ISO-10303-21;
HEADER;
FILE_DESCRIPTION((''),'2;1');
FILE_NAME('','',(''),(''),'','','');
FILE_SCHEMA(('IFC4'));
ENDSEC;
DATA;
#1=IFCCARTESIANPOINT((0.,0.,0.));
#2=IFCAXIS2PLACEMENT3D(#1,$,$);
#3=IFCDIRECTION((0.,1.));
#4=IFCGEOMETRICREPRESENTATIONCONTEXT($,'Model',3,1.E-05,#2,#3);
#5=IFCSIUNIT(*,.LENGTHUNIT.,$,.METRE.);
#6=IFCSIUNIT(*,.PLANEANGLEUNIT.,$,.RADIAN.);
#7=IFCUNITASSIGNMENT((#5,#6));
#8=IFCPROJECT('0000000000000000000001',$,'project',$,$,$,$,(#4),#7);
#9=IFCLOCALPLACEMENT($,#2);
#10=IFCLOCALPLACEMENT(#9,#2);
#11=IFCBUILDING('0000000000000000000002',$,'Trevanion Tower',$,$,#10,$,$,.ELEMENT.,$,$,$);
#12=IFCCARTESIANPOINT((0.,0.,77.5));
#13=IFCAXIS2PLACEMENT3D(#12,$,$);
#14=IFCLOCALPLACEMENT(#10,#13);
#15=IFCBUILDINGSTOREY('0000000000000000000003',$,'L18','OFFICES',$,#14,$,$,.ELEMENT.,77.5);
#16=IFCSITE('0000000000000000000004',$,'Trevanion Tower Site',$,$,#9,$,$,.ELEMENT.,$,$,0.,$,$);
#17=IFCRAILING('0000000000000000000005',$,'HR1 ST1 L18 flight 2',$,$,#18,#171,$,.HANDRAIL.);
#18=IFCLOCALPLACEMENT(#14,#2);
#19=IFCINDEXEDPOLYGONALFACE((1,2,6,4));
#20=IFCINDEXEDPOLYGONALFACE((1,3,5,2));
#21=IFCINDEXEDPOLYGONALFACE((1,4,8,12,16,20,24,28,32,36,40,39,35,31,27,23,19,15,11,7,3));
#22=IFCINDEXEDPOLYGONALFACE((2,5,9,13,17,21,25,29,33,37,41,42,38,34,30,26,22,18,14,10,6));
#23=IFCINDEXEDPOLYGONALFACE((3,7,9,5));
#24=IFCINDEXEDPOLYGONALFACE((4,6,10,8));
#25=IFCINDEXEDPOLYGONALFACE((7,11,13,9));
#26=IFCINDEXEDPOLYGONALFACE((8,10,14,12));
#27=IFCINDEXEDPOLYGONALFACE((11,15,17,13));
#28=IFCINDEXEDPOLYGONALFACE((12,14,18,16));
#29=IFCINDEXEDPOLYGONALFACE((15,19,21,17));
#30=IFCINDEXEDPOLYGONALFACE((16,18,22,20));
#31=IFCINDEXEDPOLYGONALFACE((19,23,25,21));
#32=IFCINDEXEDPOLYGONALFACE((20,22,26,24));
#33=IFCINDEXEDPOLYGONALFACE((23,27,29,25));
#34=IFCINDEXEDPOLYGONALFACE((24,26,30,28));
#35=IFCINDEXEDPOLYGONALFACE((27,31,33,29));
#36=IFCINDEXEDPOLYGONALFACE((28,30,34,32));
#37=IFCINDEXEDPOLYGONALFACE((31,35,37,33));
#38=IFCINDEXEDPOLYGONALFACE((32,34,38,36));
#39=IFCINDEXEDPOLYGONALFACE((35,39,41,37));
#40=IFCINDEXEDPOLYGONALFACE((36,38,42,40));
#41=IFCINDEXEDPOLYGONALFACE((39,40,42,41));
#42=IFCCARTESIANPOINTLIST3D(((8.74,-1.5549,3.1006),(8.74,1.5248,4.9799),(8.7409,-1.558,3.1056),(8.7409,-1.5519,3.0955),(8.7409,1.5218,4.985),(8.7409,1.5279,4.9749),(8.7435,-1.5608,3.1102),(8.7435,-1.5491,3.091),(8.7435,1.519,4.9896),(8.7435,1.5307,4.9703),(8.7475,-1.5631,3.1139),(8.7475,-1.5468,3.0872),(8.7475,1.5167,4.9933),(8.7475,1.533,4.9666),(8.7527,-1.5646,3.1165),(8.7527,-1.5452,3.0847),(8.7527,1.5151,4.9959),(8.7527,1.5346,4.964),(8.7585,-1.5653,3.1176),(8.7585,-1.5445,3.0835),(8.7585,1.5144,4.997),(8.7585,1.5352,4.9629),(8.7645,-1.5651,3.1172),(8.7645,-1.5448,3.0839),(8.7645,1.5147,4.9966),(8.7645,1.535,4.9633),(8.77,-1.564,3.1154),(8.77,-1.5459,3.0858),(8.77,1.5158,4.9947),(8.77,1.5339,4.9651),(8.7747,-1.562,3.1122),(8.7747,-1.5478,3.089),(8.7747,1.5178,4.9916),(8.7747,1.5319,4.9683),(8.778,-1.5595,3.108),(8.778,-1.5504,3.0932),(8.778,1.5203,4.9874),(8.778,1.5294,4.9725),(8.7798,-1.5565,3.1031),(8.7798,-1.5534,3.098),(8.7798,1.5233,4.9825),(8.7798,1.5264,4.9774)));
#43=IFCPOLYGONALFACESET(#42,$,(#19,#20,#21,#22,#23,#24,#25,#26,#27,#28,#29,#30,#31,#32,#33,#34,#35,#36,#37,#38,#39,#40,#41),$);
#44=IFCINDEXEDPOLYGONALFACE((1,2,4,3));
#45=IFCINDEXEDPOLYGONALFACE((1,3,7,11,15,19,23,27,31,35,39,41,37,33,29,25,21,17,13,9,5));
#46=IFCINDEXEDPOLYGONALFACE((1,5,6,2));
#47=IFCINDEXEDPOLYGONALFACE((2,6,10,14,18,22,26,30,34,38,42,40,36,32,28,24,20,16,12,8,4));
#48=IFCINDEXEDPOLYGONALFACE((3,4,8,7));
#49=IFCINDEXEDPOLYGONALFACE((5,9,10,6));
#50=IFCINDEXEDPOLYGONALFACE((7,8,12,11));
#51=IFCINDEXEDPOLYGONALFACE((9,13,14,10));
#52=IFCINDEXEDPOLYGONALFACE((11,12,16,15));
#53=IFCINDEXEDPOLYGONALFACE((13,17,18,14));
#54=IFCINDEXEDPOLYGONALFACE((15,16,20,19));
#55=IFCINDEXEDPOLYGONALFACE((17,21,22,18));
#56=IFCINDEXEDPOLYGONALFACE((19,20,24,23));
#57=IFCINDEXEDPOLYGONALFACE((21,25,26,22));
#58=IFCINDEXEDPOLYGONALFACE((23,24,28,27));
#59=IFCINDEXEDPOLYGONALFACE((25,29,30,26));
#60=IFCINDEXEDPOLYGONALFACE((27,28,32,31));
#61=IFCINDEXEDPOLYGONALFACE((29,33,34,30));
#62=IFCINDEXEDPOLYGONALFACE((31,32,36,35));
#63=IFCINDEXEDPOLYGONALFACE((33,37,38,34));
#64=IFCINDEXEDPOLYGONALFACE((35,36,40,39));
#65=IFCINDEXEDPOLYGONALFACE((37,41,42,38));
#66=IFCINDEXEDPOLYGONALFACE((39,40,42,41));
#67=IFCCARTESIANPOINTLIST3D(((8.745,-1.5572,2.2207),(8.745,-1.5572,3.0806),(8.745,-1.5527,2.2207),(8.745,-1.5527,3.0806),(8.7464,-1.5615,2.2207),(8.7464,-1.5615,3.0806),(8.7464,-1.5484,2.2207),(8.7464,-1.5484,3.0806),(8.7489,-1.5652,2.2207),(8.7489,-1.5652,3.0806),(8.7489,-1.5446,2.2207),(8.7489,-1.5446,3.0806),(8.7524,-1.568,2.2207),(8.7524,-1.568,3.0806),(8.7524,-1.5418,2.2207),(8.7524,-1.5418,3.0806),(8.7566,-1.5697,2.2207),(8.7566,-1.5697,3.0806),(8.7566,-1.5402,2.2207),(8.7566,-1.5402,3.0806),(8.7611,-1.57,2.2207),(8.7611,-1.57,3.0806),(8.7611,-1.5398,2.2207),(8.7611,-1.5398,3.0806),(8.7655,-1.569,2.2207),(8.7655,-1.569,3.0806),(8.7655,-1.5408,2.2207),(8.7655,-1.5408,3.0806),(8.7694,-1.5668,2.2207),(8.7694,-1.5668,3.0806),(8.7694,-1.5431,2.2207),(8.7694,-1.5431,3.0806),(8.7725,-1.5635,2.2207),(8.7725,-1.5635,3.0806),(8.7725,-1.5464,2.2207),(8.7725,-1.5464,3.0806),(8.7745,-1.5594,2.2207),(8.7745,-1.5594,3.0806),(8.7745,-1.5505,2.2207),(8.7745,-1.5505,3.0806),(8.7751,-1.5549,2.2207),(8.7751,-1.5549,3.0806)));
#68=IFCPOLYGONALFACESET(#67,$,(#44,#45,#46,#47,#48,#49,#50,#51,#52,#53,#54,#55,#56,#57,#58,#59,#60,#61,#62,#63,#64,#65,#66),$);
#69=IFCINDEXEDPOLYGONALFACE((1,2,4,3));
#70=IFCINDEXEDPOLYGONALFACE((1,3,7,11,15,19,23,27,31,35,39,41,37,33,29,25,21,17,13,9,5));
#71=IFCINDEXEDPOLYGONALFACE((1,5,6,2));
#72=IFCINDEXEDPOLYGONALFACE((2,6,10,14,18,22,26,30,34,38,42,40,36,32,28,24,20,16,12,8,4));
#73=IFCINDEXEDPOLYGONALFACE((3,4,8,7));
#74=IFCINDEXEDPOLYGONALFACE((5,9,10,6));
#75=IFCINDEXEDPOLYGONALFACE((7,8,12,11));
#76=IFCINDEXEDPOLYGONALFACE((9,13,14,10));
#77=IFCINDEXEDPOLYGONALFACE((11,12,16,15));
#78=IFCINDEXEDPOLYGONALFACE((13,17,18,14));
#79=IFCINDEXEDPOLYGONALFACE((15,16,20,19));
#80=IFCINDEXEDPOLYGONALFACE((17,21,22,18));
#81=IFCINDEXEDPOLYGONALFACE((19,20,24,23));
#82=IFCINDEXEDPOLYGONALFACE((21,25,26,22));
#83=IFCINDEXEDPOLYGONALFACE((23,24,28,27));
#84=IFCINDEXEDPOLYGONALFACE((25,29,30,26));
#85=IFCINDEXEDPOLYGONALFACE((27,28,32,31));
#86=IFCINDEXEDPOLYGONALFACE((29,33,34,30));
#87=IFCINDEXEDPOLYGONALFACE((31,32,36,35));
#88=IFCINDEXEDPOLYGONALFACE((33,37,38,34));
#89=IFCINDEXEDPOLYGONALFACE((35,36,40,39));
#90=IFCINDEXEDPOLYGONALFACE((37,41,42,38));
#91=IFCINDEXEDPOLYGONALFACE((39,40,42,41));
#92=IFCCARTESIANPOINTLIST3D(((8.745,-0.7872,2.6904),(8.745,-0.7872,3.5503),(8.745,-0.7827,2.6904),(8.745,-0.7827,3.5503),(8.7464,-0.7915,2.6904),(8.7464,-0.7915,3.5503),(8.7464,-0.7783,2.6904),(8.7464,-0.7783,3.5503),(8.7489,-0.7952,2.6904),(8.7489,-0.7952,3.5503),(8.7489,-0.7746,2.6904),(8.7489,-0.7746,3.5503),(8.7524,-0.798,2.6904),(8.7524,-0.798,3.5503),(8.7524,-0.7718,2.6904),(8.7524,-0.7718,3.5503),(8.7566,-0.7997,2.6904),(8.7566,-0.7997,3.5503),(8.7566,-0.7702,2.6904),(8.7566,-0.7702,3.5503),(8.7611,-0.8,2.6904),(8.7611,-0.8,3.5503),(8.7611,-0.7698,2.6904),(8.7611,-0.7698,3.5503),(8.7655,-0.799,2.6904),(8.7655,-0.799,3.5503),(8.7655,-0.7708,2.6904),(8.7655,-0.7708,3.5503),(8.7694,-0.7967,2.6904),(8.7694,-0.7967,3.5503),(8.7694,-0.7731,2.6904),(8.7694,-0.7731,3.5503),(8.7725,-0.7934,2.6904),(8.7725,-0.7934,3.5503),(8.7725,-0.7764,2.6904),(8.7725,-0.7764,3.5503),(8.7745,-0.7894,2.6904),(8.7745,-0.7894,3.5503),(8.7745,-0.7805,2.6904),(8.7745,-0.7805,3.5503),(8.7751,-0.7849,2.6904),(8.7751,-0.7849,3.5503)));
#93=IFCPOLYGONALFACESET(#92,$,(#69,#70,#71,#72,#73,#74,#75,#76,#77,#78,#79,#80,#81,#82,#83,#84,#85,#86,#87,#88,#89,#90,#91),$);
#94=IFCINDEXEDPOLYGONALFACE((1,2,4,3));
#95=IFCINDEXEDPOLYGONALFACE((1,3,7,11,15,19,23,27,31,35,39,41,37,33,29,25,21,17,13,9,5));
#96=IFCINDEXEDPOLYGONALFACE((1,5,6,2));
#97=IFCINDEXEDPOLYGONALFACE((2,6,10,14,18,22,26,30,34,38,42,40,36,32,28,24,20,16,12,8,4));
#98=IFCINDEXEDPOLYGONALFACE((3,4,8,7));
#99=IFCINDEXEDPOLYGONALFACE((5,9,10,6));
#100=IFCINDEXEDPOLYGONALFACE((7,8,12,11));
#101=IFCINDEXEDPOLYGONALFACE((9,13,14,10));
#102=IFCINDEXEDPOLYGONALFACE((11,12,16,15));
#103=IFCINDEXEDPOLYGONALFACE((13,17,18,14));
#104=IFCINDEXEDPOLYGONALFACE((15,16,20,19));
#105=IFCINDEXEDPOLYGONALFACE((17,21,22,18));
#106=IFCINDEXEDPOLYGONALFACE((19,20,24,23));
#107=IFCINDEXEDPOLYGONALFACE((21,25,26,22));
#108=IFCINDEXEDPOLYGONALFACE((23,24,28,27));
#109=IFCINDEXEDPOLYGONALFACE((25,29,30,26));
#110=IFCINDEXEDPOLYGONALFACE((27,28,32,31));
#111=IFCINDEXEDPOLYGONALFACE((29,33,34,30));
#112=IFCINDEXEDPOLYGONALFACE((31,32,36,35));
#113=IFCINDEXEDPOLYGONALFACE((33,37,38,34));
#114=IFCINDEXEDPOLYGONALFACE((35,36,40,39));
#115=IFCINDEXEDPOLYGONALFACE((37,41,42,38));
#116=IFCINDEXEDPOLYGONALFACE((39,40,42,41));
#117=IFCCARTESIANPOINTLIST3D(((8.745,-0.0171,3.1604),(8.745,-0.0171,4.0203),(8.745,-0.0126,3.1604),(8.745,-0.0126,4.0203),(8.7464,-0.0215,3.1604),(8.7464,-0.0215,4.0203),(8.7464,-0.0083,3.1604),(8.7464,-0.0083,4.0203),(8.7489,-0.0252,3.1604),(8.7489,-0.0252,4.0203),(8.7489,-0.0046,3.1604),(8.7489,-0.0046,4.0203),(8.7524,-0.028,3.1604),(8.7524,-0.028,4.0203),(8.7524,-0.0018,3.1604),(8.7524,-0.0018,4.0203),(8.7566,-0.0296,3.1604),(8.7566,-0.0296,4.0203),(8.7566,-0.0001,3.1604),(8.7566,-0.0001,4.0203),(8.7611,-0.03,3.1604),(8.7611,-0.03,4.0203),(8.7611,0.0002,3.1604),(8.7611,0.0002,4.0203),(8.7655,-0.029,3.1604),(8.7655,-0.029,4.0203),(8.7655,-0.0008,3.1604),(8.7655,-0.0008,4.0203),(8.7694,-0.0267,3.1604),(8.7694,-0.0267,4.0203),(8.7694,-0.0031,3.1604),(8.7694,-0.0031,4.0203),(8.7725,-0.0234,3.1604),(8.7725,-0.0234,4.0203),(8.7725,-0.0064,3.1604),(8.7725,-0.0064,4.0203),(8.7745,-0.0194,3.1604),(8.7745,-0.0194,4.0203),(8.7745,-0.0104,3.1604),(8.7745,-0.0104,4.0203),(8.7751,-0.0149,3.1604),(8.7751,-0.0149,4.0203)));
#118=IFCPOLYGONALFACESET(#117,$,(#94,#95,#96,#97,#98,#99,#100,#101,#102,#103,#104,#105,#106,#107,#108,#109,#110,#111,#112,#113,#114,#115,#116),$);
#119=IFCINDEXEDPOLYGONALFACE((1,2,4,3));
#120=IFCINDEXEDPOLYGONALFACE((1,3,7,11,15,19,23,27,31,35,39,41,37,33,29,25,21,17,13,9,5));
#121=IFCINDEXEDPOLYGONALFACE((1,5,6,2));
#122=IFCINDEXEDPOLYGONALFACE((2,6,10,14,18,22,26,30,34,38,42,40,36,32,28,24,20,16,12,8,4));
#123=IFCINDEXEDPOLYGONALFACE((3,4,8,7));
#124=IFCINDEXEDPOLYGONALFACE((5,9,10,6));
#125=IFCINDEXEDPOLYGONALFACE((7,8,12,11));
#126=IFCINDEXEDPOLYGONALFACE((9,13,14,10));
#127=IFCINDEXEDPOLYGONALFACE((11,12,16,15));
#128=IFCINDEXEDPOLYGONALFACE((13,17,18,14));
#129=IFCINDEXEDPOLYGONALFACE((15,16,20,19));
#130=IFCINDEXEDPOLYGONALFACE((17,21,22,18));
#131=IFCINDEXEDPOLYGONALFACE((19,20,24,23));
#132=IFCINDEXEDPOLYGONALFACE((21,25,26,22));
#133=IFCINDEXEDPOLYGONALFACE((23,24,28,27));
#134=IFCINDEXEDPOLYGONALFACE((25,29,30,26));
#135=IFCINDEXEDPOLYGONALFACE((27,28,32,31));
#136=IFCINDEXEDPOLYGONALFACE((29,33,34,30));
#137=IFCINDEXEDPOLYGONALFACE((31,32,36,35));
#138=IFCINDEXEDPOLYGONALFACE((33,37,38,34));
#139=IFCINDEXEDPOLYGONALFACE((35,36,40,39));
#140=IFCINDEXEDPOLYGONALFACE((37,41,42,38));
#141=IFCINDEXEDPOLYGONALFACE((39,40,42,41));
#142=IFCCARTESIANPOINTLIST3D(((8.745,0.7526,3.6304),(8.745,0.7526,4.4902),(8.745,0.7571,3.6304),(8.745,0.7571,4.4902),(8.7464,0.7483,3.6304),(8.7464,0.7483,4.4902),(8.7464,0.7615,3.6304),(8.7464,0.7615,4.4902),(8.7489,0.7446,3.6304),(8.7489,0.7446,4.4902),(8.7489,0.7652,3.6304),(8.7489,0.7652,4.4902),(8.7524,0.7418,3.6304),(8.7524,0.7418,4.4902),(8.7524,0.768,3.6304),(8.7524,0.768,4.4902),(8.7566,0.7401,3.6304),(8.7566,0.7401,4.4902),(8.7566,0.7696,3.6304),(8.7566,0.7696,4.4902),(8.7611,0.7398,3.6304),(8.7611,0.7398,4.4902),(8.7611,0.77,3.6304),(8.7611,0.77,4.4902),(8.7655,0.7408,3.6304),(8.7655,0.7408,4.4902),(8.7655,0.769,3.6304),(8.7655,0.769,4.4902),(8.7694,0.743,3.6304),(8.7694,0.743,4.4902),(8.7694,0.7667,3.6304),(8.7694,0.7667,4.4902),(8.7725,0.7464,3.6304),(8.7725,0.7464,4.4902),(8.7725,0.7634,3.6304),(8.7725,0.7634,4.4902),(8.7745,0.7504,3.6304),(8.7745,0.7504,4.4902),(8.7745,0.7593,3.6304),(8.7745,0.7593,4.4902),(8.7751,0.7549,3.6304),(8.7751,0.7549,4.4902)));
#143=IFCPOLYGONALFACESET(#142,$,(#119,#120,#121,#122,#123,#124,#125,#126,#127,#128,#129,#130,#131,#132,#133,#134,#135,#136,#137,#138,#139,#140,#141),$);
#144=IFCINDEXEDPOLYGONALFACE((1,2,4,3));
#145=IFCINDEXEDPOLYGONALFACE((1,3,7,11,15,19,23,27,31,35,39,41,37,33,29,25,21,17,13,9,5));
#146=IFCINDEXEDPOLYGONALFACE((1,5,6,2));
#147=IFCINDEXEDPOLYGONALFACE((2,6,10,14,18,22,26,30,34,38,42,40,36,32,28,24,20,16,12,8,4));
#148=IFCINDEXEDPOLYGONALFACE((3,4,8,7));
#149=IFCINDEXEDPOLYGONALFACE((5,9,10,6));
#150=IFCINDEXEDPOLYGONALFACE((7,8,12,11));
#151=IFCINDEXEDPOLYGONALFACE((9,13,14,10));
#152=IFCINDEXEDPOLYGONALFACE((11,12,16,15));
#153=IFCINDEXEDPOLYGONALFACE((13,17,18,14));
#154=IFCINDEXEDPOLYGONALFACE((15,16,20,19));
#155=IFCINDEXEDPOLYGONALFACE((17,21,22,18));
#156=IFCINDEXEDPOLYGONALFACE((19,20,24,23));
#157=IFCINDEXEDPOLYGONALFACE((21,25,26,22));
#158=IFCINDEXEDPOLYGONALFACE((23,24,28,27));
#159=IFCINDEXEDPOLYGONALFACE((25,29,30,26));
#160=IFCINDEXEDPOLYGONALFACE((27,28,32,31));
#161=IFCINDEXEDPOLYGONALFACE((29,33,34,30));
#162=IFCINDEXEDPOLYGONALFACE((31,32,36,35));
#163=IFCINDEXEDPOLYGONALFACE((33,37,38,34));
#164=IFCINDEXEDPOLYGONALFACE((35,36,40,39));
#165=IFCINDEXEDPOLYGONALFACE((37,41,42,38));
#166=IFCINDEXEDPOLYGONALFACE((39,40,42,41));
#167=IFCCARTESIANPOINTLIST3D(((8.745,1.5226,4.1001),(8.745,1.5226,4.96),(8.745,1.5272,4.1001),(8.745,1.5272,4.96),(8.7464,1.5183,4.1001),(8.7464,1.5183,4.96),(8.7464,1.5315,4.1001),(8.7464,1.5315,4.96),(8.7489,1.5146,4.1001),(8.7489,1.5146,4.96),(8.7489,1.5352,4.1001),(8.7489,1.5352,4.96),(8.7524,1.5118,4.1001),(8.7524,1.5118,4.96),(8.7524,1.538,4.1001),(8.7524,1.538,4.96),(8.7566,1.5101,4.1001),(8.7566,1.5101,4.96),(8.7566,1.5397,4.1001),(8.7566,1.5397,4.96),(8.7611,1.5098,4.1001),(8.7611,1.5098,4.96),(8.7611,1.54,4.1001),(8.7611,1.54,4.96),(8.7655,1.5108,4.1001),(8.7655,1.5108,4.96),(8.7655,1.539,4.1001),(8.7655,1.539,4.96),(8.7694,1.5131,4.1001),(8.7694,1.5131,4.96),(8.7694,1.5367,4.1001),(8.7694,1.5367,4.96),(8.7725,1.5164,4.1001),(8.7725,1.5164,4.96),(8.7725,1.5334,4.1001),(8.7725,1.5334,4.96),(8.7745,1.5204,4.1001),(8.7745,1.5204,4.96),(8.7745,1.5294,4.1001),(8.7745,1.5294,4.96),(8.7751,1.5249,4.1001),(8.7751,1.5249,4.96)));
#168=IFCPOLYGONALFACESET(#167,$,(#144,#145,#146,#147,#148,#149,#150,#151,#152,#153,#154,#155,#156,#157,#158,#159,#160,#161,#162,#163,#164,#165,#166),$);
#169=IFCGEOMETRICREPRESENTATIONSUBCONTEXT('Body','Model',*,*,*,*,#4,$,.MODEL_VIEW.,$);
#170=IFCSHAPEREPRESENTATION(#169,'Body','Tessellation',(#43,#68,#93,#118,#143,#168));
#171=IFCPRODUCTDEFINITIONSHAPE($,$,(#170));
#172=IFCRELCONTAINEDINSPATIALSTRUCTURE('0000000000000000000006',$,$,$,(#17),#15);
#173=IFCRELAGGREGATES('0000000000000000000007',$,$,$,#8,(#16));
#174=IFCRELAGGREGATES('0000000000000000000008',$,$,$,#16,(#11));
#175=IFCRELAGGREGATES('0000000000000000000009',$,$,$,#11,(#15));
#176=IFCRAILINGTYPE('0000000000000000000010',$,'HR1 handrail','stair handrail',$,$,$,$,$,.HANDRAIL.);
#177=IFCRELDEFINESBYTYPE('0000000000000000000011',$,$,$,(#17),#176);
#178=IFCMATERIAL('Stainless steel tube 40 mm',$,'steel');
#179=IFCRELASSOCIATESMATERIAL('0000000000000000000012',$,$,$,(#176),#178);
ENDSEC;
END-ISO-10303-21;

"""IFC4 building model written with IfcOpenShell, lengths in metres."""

from ifc_helpers import new_model, si_unit, direction, frame, origin, origin_2d, place, context, subcontext, project, spatial, circle, extrude, material, type_object, element, save


model = new_model("IFC4")

# Units and contexts
model_context = context("Model", 3, precision=1e-05, world=origin(), true_north=direction((0.0, 1.0)))
body_context = subcontext(model_context, "Body", "Model", "MODEL_VIEW")
ifc_project = project(units=[si_unit("LENGTHUNIT", "METRE"), si_unit("PLANEANGLEUNIT", "RADIAN")], contexts=[model_context])

# Site, building, storey
site_placement = place(None, origin())
site = spatial("IfcSite", under=ifc_project, at=site_placement, Name="Trevanion Tower Site", CompositionType="ELEMENT", RefElevation=0.0)
building_placement = place(site_placement, origin())
building = spatial("IfcBuilding", under=site, at=building_placement, Name="Trevanion Tower", CompositionType="ELEMENT")
storey_placement = place(building_placement, frame((0.0, 0.0, 77.5)))
storey = spatial("IfcBuildingStorey", under=building, at=storey_placement, Name="L18", Description="OFFICES", CompositionType="ELEMENT", Elevation=77.5)

# Railing
ifc_material_1 = material(Name="Stainless steel tube 40 mm", Category="steel")
railing_type = type_object("IfcRailingType", Name="HR1 handrail", Description="stair handrail", PredefinedType="HANDRAIL", material=ifc_material_1)
for number, where, name in (
    (1, (8.76, -1.5549, 2.2207), "HR1 ST1 L18 flight 2"),
):
    element("IfcRailing", number, at=place(storey_placement, frame(where)), inside=storey, type_object=railing_type, Name=name, PredefinedType="HANDRAIL", context=body_context, shape_type="SweptSolid", body=[
        extrude(circle(Radius=0.02, at=origin_2d()), frame((0.0, 0.0, 0.8799), z_axis=(0.0, 0.853618, 0.5209), x_axis=(-1.0, 0.0, 0.0)), (0.0, 0.0, 1.0), 3.6079),
        extrude(circle(Radius=0.0151, at=origin_2d()), origin(), (0.0, 0.0, 1.0), 0.8599),
        extrude(circle(Radius=0.0151, at=origin_2d()), frame((0.0, 0.77, 0.4697)), (0.0, 0.0, 1.0), 0.8599),
        extrude(circle(Radius=0.0151, at=origin_2d()), frame((0.0, 1.54, 0.9397)), (0.0, 0.0, 1.0), 0.8599),
        extrude(circle(Radius=0.0151, at=origin_2d()), frame((0.0, 2.3098, 1.4097)), (0.0, 0.0, 1.0), 0.8599),
        extrude(circle(Radius=0.0151, at=origin_2d()), frame((0.0, 3.0798, 1.8794)), (0.0, 0.0, 1.0), 0.8599),
    ])

save(model, "model.ifc")
